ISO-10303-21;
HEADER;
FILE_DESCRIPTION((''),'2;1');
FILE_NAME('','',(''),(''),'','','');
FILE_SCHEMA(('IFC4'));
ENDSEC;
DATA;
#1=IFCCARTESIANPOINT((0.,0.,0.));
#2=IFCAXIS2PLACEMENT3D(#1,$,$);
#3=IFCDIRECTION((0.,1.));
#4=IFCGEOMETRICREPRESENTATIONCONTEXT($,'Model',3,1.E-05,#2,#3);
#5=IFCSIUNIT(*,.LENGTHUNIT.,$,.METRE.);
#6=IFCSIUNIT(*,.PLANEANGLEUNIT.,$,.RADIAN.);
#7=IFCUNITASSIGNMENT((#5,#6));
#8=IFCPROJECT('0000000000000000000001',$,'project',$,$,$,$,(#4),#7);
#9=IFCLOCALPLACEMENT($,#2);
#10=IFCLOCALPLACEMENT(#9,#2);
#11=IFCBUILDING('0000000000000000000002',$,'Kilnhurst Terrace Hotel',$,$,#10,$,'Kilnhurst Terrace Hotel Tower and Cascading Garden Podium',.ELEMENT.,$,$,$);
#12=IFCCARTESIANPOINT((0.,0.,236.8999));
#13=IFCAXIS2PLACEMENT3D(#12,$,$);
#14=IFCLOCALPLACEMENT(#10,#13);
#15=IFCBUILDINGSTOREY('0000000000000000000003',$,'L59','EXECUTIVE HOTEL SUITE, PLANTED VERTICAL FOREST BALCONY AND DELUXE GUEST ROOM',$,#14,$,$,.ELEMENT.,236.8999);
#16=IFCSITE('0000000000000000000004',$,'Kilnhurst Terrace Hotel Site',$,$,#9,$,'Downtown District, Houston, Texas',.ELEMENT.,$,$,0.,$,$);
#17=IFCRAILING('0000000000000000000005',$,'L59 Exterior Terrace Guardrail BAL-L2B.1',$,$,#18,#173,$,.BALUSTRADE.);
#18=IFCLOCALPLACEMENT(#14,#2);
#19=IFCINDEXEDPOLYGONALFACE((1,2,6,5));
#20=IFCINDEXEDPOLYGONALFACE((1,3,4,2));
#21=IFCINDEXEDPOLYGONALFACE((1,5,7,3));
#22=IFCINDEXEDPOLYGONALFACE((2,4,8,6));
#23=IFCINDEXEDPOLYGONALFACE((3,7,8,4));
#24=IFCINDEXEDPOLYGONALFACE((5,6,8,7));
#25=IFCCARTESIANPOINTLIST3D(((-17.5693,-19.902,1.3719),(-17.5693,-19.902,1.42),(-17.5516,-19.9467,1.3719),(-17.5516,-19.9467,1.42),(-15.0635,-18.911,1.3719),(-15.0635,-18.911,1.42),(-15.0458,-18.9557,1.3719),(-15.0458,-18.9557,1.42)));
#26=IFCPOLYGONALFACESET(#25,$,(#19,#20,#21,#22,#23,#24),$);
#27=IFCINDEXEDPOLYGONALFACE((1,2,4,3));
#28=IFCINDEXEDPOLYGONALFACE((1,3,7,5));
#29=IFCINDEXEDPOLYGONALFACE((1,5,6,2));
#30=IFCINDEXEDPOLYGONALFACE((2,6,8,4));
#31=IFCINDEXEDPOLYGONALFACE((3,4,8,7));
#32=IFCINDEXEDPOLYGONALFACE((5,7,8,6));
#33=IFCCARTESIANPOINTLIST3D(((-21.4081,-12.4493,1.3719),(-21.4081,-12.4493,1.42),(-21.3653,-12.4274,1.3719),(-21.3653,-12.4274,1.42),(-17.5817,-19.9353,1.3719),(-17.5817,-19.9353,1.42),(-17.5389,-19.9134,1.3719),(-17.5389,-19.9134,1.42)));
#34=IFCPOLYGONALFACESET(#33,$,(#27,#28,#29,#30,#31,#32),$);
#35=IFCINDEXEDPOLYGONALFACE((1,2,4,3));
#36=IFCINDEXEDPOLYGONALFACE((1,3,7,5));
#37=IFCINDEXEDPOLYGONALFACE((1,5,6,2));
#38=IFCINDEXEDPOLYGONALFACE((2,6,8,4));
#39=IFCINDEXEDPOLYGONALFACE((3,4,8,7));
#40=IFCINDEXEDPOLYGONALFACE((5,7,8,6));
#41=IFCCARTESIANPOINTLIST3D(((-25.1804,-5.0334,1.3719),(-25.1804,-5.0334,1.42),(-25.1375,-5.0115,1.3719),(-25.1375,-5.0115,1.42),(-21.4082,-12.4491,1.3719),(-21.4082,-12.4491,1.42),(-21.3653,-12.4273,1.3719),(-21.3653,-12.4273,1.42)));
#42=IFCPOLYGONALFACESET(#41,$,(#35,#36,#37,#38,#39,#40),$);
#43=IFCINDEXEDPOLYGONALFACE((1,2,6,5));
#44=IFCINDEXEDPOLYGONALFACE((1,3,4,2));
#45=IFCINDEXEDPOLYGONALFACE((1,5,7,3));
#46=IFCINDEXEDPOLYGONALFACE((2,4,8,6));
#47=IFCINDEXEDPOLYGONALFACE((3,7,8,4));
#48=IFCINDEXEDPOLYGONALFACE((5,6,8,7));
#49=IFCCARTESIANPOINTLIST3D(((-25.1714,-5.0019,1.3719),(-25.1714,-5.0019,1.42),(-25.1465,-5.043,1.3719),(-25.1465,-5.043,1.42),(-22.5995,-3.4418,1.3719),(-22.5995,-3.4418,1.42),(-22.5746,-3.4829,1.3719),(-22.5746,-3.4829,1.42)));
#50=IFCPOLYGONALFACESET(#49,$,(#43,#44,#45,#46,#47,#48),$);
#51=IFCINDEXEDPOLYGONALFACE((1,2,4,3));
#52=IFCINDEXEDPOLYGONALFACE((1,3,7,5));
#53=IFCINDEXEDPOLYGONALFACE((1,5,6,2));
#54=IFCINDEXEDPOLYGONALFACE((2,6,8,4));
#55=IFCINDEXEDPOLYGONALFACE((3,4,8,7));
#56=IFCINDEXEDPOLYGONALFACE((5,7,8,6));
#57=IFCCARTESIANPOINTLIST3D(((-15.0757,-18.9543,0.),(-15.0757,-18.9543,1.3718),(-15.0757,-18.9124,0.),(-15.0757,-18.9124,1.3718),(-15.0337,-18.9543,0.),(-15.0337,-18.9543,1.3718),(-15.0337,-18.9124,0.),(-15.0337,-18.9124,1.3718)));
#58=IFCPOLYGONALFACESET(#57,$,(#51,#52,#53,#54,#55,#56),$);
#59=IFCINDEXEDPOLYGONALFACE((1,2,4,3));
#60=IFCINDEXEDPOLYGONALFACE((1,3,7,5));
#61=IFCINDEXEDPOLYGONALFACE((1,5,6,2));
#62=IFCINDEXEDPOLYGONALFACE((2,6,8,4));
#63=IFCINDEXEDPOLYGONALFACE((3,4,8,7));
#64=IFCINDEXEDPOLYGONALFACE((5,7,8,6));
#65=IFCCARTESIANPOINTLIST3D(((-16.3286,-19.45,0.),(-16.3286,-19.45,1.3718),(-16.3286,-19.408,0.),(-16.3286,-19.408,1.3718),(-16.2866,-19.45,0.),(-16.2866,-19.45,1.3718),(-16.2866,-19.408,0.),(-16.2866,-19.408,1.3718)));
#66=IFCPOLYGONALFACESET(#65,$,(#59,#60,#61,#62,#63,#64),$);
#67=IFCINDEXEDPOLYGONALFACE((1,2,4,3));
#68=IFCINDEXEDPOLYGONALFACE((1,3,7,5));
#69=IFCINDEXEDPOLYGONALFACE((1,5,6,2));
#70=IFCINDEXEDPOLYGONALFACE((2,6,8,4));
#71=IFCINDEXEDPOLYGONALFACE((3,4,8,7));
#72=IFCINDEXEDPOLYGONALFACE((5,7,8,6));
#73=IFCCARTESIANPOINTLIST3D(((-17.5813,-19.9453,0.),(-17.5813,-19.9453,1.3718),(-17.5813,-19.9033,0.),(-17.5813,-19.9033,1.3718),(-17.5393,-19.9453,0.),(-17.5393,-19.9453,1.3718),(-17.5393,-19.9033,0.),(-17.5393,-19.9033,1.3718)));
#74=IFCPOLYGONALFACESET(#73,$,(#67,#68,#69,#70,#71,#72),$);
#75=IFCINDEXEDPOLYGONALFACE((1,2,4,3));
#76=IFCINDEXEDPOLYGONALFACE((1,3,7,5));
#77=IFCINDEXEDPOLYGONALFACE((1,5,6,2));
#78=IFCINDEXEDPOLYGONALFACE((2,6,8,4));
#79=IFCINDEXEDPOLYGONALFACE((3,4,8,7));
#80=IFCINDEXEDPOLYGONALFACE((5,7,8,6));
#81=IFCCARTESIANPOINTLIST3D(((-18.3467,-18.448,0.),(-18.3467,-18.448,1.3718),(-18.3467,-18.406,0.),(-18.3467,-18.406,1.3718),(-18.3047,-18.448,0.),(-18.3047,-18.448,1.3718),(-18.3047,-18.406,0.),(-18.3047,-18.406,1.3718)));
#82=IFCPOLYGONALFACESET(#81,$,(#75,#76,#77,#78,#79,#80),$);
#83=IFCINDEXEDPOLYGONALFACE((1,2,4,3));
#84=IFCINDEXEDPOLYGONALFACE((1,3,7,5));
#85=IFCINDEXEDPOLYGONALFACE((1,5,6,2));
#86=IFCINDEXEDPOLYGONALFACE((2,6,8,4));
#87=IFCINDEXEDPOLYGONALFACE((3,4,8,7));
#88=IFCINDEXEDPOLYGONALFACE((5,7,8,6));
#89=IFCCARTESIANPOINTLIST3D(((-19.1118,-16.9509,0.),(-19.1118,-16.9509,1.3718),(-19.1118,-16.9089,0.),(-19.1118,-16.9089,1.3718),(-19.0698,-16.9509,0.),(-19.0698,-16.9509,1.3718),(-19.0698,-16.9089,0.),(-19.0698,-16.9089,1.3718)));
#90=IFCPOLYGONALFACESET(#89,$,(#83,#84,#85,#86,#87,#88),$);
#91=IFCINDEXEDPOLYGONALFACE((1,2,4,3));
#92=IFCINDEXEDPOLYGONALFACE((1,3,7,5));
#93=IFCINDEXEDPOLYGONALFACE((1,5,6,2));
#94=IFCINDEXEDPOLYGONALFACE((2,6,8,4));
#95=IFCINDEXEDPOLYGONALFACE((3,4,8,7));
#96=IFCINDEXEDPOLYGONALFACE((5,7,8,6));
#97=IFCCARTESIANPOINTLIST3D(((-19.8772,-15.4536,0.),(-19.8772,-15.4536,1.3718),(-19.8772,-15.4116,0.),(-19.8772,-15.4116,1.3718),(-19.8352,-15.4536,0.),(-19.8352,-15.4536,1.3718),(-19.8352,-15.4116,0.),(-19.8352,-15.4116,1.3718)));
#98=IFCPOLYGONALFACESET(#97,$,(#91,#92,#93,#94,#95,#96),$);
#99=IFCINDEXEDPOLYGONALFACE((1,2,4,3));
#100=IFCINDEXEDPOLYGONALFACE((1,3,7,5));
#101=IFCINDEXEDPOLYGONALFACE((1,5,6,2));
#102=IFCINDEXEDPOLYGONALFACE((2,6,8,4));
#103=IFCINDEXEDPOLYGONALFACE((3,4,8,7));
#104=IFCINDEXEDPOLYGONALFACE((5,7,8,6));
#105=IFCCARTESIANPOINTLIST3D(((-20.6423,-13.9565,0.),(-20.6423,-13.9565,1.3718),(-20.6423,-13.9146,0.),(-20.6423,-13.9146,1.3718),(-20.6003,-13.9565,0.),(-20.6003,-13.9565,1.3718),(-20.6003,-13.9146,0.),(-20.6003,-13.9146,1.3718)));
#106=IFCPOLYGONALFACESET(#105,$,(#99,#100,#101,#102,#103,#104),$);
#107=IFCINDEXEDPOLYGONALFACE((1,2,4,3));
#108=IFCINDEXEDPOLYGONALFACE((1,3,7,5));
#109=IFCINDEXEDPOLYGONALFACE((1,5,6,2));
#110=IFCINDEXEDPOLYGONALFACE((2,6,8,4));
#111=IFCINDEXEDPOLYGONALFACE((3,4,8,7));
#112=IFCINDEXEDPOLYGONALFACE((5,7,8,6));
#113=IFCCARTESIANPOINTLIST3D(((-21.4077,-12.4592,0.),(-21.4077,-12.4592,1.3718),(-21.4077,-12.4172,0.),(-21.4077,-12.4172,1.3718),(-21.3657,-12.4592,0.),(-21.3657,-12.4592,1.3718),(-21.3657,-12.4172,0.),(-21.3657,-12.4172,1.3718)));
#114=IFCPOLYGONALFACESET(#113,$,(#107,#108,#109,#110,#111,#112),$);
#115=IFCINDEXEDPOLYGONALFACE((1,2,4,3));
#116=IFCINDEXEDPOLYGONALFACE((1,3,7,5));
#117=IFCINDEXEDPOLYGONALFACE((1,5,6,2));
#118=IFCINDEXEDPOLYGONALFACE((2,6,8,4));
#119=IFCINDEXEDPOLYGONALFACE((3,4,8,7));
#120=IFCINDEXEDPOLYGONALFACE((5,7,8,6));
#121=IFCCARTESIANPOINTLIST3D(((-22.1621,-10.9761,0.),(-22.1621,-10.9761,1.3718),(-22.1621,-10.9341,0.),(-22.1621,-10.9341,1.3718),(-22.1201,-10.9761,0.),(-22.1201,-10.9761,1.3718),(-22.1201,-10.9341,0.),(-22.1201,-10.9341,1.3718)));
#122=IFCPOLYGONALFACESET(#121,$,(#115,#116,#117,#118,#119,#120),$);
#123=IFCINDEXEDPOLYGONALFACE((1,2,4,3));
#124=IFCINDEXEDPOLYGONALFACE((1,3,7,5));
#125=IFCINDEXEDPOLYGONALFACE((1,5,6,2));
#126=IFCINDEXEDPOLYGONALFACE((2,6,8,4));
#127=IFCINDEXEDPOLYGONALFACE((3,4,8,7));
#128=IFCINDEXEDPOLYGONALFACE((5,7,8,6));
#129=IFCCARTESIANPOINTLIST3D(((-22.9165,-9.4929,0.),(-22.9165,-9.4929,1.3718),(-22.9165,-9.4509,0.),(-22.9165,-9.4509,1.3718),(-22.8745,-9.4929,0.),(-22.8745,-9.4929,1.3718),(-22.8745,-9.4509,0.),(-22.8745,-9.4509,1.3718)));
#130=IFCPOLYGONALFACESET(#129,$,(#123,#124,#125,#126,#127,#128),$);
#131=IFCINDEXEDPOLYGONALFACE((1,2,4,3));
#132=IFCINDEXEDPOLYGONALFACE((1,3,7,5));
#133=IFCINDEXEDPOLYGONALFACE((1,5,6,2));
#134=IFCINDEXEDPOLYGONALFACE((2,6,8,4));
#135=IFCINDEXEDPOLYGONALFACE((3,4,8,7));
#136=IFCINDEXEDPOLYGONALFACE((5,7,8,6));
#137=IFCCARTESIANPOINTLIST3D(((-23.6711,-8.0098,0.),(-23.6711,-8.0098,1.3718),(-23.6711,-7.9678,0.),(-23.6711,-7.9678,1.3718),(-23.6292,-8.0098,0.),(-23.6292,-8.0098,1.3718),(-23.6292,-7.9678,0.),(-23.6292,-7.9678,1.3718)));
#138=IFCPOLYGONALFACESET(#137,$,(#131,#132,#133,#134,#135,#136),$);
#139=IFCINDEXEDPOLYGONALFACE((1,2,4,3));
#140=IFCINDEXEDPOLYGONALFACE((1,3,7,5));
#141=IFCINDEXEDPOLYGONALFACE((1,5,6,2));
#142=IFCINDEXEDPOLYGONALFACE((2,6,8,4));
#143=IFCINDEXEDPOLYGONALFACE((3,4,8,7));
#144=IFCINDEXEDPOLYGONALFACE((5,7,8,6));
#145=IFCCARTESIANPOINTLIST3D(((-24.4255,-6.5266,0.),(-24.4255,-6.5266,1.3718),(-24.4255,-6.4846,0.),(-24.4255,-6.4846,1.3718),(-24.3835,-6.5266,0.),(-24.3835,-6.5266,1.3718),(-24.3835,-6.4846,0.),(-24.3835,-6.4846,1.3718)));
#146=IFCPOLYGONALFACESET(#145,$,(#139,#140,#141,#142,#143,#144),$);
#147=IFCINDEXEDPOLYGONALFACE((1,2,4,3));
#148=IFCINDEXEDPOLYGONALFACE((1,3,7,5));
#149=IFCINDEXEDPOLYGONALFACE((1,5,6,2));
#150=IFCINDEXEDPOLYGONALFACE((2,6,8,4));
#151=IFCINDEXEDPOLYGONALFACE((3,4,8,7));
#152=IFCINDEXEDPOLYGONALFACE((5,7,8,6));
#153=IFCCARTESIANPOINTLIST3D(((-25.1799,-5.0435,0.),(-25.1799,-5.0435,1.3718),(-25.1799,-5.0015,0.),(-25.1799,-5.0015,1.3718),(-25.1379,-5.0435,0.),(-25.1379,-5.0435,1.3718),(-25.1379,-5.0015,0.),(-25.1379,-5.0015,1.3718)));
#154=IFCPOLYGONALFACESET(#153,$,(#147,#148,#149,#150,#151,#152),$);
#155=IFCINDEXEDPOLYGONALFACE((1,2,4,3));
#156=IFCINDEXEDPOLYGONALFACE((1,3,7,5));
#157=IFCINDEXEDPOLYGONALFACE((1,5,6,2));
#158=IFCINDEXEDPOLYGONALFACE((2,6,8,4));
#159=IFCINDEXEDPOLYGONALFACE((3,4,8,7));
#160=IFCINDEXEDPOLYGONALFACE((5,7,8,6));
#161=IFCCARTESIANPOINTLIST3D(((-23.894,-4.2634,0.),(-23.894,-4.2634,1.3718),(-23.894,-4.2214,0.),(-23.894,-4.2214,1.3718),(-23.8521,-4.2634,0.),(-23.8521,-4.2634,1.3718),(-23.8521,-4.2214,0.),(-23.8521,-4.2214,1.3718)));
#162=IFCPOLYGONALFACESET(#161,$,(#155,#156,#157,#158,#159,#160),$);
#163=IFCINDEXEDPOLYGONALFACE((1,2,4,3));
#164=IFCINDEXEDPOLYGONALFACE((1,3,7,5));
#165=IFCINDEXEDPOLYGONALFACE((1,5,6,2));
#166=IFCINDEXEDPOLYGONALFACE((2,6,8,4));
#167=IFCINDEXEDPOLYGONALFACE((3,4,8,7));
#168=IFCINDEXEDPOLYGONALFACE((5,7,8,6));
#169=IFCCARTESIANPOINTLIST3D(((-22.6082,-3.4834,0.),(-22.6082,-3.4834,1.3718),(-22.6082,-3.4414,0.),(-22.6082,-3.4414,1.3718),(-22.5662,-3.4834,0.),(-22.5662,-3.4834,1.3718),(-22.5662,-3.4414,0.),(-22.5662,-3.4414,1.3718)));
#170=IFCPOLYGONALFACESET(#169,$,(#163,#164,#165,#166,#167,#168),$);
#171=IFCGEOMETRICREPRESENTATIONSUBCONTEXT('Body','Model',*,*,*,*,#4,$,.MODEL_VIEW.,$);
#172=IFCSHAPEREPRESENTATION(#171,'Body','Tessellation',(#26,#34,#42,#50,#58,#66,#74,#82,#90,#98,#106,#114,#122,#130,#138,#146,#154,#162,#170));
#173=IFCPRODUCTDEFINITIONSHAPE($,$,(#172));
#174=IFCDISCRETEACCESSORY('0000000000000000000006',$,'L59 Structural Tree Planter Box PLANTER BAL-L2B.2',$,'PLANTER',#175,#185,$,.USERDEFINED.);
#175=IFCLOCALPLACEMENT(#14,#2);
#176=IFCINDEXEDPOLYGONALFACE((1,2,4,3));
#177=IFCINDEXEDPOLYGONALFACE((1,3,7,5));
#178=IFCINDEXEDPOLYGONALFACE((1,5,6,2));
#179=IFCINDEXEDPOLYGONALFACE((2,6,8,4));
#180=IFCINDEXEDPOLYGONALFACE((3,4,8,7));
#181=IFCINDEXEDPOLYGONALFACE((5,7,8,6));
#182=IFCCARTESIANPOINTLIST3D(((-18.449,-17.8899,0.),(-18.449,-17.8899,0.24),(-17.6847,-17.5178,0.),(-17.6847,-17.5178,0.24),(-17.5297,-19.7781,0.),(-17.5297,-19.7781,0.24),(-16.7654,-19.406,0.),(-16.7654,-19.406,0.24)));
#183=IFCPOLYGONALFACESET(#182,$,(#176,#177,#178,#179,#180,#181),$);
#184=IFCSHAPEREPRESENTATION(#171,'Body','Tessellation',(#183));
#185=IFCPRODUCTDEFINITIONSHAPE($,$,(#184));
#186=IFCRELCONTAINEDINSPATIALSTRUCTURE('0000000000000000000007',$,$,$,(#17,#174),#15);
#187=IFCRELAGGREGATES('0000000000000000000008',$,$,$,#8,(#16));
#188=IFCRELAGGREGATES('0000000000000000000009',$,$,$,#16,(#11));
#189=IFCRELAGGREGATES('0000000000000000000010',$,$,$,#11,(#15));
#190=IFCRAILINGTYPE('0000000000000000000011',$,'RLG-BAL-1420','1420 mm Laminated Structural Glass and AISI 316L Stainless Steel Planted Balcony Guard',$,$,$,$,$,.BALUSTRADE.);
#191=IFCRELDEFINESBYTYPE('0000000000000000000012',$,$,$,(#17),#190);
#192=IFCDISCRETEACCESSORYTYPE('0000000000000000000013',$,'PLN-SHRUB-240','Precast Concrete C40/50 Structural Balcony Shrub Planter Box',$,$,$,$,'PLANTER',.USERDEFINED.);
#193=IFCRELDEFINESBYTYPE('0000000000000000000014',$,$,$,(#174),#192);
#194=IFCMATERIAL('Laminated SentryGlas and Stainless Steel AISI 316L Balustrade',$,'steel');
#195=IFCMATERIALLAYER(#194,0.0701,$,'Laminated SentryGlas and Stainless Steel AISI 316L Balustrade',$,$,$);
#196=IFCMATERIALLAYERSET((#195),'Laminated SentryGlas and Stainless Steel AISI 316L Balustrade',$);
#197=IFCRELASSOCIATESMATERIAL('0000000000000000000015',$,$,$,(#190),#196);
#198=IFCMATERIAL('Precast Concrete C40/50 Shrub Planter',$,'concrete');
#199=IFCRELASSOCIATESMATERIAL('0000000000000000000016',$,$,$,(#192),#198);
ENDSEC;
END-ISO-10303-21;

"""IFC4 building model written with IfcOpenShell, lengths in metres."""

from ifc_helpers import new_model, si_unit, direction, frame, origin, origin_2d, place, context, subcontext, project, spatial, rectangle, extrude, material, layer, layer_set, type_object, element, save


model = new_model("IFC4")

# Units and contexts
model_context = context("Model", 3, precision=1e-05, world=origin(), true_north=direction((0.0, 1.0)))
body_context = subcontext(model_context, "Body", "Model", "MODEL_VIEW")
ifc_project = project(units=[si_unit("LENGTHUNIT", "METRE"), si_unit("PLANEANGLEUNIT", "RADIAN")], contexts=[model_context])

# Site, building, storey
site_placement = place(None, origin())
site = spatial("IfcSite", under=ifc_project, at=site_placement, Name="Kilnhurst Terrace Hotel Site", LongName="Downtown District, Houston, Texas", CompositionType="ELEMENT", RefElevation=0.0)
building_placement = place(site_placement, origin())
building = spatial("IfcBuilding", under=site, at=building_placement, Name="Kilnhurst Terrace Hotel", LongName="Kilnhurst Terrace Hotel Tower and Cascading Garden Podium", CompositionType="ELEMENT")
storey_placement = place(building_placement, frame((0.0, 0.0, 236.8999)))
storey = spatial("IfcBuildingStorey", under=building, at=storey_placement, Name="L59", Description="EXECUTIVE HOTEL SUITE, PLANTED VERTICAL FOREST BALCONY AND DELUXE GUEST ROOM", CompositionType="ELEMENT", Elevation=236.8999)

# Railing
ifc_material_1 = material(Name="Laminated SentryGlas and Stainless Steel AISI 316L Balustrade", Category="steel")
ifc_layer_1 = layer(ifc_material_1, 0.0701, Name="Laminated SentryGlas and Stainless Steel AISI 316L Balustrade")
ifc_layer_set_1 = layer_set([ifc_layer_1], Name="Laminated SentryGlas and Stainless Steel AISI 316L Balustrade")
railing_type = type_object("IfcRailingType", Name="RLG-BAL-1420", Description="1420 mm Laminated Structural Glass and AISI 316L Stainless Steel Planted Balcony Guard", PredefinedType="BALUSTRADE", material=ifc_layer_set_1)
railing_placement = place(storey_placement, frame((-15.0547, -18.9333, 0.0)))
element("IfcRailing", 1, at=railing_placement, inside=storey, type_object=railing_type, Name="L59 Exterior Terrace Guardrail BAL-L2B.1", PredefinedType="BALUSTRADE", context=body_context, shape_type="SweptSolid", body=[
    extrude(rectangle(XDim=0.0481, YDim=0.0481, at=origin_2d()), frame((0.0, 0.0, 1.396), z_axis=(-0.929913, -0.367779, 0.0), x_axis=(0.367779, -0.929913, 0.0)), (0.0, 0.0, 1.0), 2.6946),
    extrude(rectangle(XDim=0.0481, YDim=0.0481, at=origin_2d()), frame((-2.5056, -0.991, 1.396), z_axis=(-0.455129, 0.890425, 0.0), x_axis=(-0.890425, -0.455129, 0.0)), (0.0, 0.0, 1.0), 8.4072),
    extrude(rectangle(XDim=0.0481, YDim=0.0481, at=origin_2d()), frame((-6.332, 6.4951, 1.396), z_axis=(-0.453389, 0.891313, 0.0), x_axis=(-0.891313, -0.453389, 0.0)), (0.0, 0.0, 1.0), 8.3201),
    extrude(rectangle(XDim=0.0481, YDim=0.0481, at=origin_2d()), frame((-10.1042, 13.9109, 1.396), z_axis=(0.854991, 0.518643, 0.0), x_axis=(-0.518643, 0.854991, 0.0)), (0.0, 0.0, 1.0), 3.0081),
    extrude(rectangle(XDim=0.042, YDim=0.042, at=origin_2d()), origin(), (0.0, 0.0, 1.0), 1.3718),
    extrude(rectangle(XDim=0.042, YDim=0.042, at=origin_2d()), frame((-1.2529, -0.4956, 0.0)), (0.0, 0.0, 1.0), 1.3718),
    extrude(rectangle(XDim=0.042, YDim=0.042, at=origin_2d()), frame((-2.5056, -0.991, 0.0)), (0.0, 0.0, 1.0), 1.3718),
    extrude(rectangle(XDim=0.042, YDim=0.042, at=origin_2d()), frame((-3.271, 0.5063, 0.0)), (0.0, 0.0, 1.0), 1.3718),
    extrude(rectangle(XDim=0.042, YDim=0.042, at=origin_2d()), frame((-4.0361, 2.0034, 0.0)), (0.0, 0.0, 1.0), 1.3718),
    extrude(rectangle(XDim=0.042, YDim=0.042, at=origin_2d()), frame((-4.8015, 3.5007, 0.0)), (0.0, 0.0, 1.0), 1.3718),
    extrude(rectangle(XDim=0.042, YDim=0.042, at=origin_2d()), frame((-5.5667, 4.9978, 0.0)), (0.0, 0.0, 1.0), 1.3718),
    extrude(rectangle(XDim=0.042, YDim=0.042, at=origin_2d()), frame((-6.332, 6.4951, 0.0)), (0.0, 0.0, 1.0), 1.3718),
    extrude(rectangle(XDim=0.042, YDim=0.042, at=origin_2d()), frame((-7.0864, 7.9783, 0.0)), (0.0, 0.0, 1.0), 1.3718),
    extrude(rectangle(XDim=0.042, YDim=0.042, at=origin_2d()), frame((-7.8408, 9.4614, 0.0)), (0.0, 0.0, 1.0), 1.3718),
    extrude(rectangle(XDim=0.042, YDim=0.042, at=origin_2d()), frame((-8.5955, 10.9446, 0.0)), (0.0, 0.0, 1.0), 1.3718),
    extrude(rectangle(XDim=0.042, YDim=0.042, at=origin_2d()), frame((-9.3499, 12.4277, 0.0)), (0.0, 0.0, 1.0), 1.3718),
    extrude(rectangle(XDim=0.042, YDim=0.042, at=origin_2d()), frame((-10.1042, 13.9109, 0.0)), (0.0, 0.0, 1.0), 1.3718),
    extrude(rectangle(XDim=0.042, YDim=0.042, at=origin_2d()), frame((-8.8184, 14.6909, 0.0)), (0.0, 0.0, 1.0), 1.3718),
    extrude(rectangle(XDim=0.042, YDim=0.042, at=origin_2d()), frame((-7.5325, 15.4709, 0.0)), (0.0, 0.0, 1.0), 1.3718),
])

# Discrete accessory
ifc_material_2 = material(Name="Precast Concrete C40/50 Shrub Planter", Category="concrete")
discrete_accessory_type = type_object("IfcDiscreteAccessoryType", Name="PLN-SHRUB-240", Description="Precast Concrete C40/50 Structural Balcony Shrub Planter Box", ElementType="PLANTER", PredefinedType="USERDEFINED", material=ifc_material_2)
discrete_accessory_placement = place(storey_placement, frame((-17.6072, -18.6479, 0.0), z_axis=(0.0, 0.0, 1.0), x_axis=(0.437744, -0.8991, 0.0)))
element("IfcDiscreteAccessory", 2, at=discrete_accessory_placement, inside=storey, type_object=discrete_accessory_type, Name="L59 Structural Tree Planter Box PLANTER BAL-L2B.2", ObjectType="PLANTER", PredefinedType="USERDEFINED", context=body_context, shape_type="SweptSolid", body=[
    extrude(rectangle(XDim=2.1001, YDim=0.8501, at=origin_2d()), origin(), (0.0, 0.0, 1.0), 0.24),
])

save(model, "model.ifc")
